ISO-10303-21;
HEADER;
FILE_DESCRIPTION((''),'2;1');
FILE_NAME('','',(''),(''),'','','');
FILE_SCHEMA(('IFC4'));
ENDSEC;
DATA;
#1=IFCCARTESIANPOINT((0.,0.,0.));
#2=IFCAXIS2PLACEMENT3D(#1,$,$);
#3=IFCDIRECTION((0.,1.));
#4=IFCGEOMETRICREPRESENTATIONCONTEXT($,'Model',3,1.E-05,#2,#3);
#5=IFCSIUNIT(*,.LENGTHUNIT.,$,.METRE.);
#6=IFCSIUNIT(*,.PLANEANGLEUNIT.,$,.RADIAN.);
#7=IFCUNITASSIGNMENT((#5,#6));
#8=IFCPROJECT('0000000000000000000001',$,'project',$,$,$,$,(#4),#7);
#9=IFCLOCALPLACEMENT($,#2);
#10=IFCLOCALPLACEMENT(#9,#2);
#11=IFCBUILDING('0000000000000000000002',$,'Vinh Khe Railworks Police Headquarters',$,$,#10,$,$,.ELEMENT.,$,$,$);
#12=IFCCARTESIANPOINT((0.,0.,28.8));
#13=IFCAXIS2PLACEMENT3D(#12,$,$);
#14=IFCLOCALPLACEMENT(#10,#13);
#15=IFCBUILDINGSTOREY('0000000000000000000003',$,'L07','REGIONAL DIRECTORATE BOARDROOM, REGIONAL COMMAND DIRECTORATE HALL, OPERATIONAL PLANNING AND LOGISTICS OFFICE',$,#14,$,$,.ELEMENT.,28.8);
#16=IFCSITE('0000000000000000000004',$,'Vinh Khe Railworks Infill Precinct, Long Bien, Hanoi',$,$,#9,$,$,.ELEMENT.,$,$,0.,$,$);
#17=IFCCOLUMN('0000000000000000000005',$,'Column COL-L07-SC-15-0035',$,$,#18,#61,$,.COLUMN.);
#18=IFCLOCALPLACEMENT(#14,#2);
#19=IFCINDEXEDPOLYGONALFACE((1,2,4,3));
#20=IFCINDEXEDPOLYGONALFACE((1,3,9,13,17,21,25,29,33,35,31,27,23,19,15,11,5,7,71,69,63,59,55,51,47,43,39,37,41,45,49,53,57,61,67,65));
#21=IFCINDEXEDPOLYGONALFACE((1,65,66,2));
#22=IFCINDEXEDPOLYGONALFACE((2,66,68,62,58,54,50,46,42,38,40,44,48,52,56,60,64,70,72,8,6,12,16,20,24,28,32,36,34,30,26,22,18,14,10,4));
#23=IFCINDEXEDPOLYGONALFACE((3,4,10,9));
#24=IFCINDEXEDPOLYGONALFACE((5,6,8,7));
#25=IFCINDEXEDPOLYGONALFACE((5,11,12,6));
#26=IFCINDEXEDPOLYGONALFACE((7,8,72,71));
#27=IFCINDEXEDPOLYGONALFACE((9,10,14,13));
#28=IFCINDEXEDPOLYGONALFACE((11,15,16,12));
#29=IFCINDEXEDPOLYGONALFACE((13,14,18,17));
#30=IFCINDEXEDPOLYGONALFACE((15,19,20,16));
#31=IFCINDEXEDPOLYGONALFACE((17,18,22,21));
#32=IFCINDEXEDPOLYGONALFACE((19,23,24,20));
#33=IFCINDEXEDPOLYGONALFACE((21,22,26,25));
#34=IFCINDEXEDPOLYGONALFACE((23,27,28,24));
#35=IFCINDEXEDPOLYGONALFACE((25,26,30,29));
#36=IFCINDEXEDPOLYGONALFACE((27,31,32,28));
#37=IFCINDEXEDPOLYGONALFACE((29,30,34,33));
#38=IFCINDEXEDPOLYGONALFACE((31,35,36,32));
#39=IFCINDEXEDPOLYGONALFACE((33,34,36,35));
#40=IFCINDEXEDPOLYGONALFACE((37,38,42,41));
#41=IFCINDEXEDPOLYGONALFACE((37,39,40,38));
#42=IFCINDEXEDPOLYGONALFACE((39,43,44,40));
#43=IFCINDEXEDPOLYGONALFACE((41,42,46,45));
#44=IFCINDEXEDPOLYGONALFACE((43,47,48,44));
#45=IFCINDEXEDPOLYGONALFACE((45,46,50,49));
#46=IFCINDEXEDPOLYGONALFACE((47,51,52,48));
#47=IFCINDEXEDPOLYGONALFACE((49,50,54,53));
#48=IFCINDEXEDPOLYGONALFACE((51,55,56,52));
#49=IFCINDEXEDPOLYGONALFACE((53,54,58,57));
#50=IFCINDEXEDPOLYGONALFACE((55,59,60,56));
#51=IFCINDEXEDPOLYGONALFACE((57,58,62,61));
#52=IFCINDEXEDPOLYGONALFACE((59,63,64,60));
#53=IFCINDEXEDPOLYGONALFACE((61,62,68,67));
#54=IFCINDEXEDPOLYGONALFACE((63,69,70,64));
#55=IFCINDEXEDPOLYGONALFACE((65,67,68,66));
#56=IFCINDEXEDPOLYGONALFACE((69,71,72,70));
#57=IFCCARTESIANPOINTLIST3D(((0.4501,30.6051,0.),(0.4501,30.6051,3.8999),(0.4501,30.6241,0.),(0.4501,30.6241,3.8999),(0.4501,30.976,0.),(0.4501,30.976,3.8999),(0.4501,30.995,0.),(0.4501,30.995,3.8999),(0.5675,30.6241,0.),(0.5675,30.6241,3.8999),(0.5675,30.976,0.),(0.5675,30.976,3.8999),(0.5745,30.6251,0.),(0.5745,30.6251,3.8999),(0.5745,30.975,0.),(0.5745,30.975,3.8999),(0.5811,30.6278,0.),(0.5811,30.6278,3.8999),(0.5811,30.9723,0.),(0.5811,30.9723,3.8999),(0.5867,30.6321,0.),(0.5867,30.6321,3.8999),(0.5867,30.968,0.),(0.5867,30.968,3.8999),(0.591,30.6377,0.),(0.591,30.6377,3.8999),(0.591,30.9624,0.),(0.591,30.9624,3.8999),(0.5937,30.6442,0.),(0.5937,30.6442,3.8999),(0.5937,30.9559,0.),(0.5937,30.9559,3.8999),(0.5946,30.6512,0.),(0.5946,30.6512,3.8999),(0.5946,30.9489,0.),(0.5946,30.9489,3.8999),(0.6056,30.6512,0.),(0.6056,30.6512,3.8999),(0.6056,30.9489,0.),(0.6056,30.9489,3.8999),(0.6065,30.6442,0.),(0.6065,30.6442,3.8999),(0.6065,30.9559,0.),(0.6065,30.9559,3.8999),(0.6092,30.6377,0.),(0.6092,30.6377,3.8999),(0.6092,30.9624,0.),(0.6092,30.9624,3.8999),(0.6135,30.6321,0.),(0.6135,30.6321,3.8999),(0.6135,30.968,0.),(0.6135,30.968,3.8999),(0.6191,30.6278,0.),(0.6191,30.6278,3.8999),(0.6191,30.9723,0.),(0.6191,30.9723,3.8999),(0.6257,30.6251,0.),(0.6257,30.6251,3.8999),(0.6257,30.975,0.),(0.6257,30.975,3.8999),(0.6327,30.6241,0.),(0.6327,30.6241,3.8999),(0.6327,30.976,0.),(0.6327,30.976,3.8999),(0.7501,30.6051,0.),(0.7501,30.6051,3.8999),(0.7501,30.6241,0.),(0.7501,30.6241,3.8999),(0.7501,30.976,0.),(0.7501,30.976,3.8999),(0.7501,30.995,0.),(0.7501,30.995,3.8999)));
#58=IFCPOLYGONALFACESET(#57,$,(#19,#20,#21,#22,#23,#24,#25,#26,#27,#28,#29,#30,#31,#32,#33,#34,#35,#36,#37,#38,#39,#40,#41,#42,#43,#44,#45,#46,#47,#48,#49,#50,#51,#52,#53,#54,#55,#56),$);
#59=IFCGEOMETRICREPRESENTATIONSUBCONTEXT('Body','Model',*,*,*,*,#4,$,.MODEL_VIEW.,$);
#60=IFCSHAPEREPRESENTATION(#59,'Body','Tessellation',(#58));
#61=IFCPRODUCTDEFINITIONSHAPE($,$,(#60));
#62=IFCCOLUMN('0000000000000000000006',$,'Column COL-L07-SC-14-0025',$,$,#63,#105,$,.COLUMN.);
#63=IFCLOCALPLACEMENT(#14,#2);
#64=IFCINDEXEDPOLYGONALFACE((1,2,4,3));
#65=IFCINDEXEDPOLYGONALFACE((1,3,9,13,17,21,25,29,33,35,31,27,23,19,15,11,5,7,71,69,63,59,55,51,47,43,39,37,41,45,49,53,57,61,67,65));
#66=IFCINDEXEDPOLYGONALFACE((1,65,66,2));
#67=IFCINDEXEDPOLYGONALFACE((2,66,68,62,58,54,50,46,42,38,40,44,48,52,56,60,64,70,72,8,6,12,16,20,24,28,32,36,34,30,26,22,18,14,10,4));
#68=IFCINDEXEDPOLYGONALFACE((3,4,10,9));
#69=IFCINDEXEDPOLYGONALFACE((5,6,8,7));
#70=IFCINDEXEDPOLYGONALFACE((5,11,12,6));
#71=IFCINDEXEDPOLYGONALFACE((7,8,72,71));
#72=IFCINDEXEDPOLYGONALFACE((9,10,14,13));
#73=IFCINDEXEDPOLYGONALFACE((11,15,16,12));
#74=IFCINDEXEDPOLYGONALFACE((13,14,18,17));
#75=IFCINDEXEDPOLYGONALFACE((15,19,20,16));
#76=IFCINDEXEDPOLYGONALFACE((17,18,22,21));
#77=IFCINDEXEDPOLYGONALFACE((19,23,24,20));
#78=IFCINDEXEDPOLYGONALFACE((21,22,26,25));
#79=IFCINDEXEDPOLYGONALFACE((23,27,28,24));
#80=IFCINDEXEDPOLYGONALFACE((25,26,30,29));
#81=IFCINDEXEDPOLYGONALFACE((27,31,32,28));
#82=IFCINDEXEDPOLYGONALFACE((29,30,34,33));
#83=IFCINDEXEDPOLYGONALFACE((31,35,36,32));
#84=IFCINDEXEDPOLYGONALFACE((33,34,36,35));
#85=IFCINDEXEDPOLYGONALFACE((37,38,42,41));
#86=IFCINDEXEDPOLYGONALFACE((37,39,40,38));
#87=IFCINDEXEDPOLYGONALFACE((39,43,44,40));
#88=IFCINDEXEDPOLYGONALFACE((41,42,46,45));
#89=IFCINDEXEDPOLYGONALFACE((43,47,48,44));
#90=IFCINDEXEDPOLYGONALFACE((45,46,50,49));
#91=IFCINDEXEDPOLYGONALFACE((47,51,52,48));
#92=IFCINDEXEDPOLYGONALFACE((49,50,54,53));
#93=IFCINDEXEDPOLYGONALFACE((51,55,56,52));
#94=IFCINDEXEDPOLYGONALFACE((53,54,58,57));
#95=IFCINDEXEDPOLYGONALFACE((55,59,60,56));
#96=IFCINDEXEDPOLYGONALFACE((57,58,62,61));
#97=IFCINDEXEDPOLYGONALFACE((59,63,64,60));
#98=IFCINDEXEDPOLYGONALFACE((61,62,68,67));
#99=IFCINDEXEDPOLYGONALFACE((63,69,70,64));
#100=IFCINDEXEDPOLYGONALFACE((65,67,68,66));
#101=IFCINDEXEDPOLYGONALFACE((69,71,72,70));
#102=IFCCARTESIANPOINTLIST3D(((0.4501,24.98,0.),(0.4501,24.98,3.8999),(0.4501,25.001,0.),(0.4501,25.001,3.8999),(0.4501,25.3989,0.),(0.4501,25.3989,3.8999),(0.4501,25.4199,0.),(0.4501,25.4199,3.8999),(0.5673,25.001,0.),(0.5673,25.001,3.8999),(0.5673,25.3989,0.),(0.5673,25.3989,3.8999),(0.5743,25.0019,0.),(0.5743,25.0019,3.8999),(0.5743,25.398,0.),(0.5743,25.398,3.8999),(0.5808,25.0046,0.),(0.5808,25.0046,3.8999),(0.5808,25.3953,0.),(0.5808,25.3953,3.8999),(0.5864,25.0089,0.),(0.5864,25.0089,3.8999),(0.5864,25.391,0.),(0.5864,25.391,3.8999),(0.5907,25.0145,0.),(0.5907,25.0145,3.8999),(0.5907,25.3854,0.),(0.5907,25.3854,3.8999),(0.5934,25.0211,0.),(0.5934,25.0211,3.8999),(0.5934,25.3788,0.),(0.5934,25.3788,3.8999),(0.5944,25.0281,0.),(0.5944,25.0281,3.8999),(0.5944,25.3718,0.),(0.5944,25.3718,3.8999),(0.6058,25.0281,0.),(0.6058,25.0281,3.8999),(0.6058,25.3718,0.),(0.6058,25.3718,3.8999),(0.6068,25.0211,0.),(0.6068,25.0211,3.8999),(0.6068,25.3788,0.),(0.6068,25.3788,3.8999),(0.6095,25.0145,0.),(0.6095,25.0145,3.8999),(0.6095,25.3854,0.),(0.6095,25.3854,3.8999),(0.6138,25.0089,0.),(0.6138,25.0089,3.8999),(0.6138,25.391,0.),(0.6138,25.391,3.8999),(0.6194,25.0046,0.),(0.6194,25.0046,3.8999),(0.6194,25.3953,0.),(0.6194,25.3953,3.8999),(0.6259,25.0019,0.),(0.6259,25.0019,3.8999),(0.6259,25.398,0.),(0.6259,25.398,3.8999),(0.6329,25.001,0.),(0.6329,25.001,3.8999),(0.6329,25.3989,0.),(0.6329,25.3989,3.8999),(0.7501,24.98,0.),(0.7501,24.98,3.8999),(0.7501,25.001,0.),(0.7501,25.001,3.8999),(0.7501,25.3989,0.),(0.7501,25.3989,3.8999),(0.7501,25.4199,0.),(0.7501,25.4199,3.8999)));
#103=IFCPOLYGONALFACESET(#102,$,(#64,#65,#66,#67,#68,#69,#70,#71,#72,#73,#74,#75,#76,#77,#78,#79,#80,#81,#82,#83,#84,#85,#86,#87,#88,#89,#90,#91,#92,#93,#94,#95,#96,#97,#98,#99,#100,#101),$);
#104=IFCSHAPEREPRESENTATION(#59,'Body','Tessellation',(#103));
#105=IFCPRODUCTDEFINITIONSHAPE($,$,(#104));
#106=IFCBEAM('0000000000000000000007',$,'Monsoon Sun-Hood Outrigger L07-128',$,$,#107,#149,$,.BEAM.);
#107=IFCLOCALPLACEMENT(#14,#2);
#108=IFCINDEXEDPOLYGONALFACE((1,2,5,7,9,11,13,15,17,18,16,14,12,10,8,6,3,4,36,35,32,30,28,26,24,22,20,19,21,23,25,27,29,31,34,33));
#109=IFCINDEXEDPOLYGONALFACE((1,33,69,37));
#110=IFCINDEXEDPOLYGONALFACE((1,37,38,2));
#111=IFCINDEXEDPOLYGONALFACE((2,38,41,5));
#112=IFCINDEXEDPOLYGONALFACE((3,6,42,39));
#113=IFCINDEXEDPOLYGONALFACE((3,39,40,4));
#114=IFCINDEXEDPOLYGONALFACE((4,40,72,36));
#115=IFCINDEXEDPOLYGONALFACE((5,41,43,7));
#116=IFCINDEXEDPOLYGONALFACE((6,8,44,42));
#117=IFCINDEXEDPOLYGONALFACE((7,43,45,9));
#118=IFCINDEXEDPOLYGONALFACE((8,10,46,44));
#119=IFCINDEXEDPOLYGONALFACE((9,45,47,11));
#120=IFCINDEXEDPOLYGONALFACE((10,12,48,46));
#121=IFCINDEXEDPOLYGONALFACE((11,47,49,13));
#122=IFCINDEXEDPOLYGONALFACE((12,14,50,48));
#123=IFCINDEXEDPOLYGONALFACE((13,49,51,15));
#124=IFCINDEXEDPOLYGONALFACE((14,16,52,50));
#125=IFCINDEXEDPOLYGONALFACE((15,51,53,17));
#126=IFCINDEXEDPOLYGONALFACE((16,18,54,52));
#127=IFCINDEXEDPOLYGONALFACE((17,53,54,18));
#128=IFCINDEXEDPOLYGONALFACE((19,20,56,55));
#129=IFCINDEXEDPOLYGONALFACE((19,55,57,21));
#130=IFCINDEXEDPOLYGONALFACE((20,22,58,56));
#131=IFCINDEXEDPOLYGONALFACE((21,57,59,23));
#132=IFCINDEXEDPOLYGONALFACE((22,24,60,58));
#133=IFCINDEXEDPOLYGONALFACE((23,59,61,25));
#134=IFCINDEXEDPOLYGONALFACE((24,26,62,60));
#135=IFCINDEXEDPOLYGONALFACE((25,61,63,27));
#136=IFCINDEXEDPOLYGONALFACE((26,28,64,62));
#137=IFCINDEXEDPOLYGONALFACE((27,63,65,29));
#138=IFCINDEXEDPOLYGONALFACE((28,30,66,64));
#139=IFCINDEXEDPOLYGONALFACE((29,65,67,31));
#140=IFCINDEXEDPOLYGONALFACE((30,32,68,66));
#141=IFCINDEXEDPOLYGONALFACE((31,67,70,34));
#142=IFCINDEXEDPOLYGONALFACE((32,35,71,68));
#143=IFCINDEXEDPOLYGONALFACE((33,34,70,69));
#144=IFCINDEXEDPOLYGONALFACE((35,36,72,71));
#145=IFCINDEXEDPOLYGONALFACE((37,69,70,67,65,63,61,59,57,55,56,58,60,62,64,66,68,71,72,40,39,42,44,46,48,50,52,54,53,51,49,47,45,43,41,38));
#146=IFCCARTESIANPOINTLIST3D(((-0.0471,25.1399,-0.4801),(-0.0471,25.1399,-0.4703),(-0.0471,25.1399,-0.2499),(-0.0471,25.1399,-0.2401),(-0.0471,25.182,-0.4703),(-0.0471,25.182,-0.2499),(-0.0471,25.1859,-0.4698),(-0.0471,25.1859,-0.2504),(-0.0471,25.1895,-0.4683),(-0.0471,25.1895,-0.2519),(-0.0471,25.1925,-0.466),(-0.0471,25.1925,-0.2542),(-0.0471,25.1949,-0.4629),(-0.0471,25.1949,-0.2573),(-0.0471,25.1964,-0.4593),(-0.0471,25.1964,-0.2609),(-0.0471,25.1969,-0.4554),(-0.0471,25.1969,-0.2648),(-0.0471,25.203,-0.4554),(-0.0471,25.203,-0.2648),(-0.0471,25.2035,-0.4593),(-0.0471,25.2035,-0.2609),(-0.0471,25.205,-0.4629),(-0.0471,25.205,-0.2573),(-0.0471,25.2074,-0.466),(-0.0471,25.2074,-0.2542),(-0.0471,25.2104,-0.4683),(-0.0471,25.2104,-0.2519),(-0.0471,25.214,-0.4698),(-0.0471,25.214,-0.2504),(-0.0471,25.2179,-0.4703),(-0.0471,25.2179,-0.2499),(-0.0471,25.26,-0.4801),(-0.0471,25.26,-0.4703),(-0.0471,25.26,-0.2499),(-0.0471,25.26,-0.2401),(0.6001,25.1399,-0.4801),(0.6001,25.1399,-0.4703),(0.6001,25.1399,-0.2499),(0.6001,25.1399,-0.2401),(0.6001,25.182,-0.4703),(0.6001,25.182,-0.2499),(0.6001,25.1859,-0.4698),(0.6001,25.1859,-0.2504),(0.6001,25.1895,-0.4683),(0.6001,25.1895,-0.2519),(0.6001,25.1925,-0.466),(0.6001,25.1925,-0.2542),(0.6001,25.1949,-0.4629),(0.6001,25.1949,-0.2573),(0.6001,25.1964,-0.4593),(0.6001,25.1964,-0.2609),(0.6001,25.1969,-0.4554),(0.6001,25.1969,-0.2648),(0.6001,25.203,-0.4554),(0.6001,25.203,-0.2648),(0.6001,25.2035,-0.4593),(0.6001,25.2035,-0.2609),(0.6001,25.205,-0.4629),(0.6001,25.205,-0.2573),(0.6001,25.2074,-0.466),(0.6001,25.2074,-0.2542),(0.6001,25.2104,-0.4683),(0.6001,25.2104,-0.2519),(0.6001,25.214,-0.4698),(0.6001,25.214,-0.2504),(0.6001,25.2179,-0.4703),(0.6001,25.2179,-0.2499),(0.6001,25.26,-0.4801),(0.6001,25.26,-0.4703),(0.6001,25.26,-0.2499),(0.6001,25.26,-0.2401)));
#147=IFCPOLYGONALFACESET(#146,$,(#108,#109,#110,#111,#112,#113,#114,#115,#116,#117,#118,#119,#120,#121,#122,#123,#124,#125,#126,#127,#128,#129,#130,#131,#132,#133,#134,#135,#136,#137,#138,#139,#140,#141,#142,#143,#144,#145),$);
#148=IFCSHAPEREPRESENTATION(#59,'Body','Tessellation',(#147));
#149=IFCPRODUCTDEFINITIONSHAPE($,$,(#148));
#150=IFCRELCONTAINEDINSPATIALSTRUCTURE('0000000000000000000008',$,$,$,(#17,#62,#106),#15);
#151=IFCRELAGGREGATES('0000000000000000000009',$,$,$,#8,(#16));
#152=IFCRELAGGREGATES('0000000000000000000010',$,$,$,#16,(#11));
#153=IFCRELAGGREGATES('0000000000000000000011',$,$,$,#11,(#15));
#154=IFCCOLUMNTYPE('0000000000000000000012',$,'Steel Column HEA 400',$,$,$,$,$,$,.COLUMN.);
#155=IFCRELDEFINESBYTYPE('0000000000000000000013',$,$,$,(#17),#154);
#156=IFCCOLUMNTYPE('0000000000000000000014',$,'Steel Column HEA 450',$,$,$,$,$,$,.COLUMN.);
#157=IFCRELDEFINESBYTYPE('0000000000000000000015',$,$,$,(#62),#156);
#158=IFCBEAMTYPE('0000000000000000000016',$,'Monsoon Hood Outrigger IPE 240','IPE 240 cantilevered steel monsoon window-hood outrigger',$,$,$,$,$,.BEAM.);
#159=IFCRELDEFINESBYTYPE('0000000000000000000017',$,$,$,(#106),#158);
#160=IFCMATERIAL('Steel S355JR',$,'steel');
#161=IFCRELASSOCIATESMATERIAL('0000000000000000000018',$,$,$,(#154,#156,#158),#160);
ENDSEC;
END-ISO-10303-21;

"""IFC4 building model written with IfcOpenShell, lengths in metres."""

from ifc_helpers import new_model, si_unit, direction, frame, origin, origin_2d, place, context, subcontext, project, spatial, i_section, extrude, material, material_profile, profile_set, type_object, element, save


model = new_model("IFC4")

# Units and contexts
model_context = context("Model", 3, precision=1e-05, world=origin(), true_north=direction((0.0, 1.0)))
body_context = subcontext(model_context, "Body", "Model", "MODEL_VIEW")
ifc_project = project(units=[si_unit("LENGTHUNIT", "METRE"), si_unit("PLANEANGLEUNIT", "RADIAN")], contexts=[model_context])

# Site, building, storey
site_placement = place(None, origin())
site = spatial("IfcSite", under=ifc_project, at=site_placement, Name="Vinh Khe Railworks Infill Precinct, Long Bien, Hanoi", CompositionType="ELEMENT", RefElevation=0.0)
building_placement = place(site_placement, origin())
building = spatial("IfcBuilding", under=site, at=building_placement, Name="Vinh Khe Railworks Police Headquarters", CompositionType="ELEMENT")
storey_placement = place(building_placement, frame((0.0, 0.0, 28.8)))
storey = spatial("IfcBuildingStorey", under=building, at=storey_placement, Name="L07", Description="REGIONAL DIRECTORATE BOARDROOM, REGIONAL COMMAND DIRECTORATE HALL, OPERATIONAL PLANNING AND LOGISTICS OFFICE", CompositionType="ELEMENT", Elevation=28.8)

# Columns
ifc_material_1 = material(Name="Steel S355JR", Category="steel")
ifc_material_profile_1 = material_profile(ifc_material_1, i_section(OverallWidth=0.3, OverallDepth=0.3899, WebThickness=0.011, FlangeThickness=0.019, FilletRadius=0.0271, at=origin_2d()), Name="HEA 400")
ifc_profile_set_1 = profile_set([ifc_material_profile_1], Name="Steel S355JR")
column_type_1 = type_object("IfcColumnType", Name="Steel Column HEA 400", PredefinedType="COLUMN", material=ifc_profile_set_1)
column_1_placement = place(storey_placement, frame((0.6001, 30.8, 0.0), z_axis=(0.0, 0.0, 1.0), x_axis=(1.0, 0.0, 0.0)))
element("IfcColumn", 1, at=column_1_placement, inside=storey, type_object=column_type_1, Name="Column COL-L07-SC-15-0035", PredefinedType="COLUMN", context=body_context, shape_type="SweptSolid", body=[
    extrude(i_section(OverallWidth=0.3, OverallDepth=0.3899, WebThickness=0.011, FlangeThickness=0.019, FilletRadius=0.0271, at=origin_2d()), origin(), (0.0, 0.0, 1.0), 3.8999),
])
ifc_material_profile_2 = material_profile(ifc_material_1, i_section(OverallWidth=0.3, OverallDepth=0.4399, WebThickness=0.0115, FlangeThickness=0.021, FilletRadius=0.0271, at=origin_2d()), Name="HEA 450")
ifc_profile_set_2 = profile_set([ifc_material_profile_2], Name="Steel S355JR")
column_type_2 = type_object("IfcColumnType", Name="Steel Column HEA 450", PredefinedType="COLUMN", material=ifc_profile_set_2)
column_2_placement = place(storey_placement, frame((0.6001, 25.2, 0.0), z_axis=(0.0, 0.0, 1.0), x_axis=(1.0, 0.0, 0.0)))
element("IfcColumn", 2, at=column_2_placement, inside=storey, type_object=column_type_2, Name="Column COL-L07-SC-14-0025", PredefinedType="COLUMN", context=body_context, shape_type="SweptSolid", body=[
    extrude(i_section(OverallWidth=0.3, OverallDepth=0.4399, WebThickness=0.0115, FlangeThickness=0.021, FilletRadius=0.0271, at=origin_2d()), origin(), (0.0, 0.0, 1.0), 3.8999),
])

# Beam
ifc_material_profile_3 = material_profile(ifc_material_1, i_section(OverallWidth=0.1201, OverallDepth=0.24, WebThickness=0.0061, FlangeThickness=0.0098, FilletRadius=0.0149, at=origin_2d()), Name="IPE 240")
ifc_profile_set_3 = profile_set([ifc_material_profile_3], Name="Steel S355JR")
beam_type_1 = type_object("IfcBeamType", Name="Monsoon Hood Outrigger IPE 240", Description="IPE 240 cantilevered steel monsoon window-hood outrigger", PredefinedType="BEAM", material=ifc_profile_set_3)
beam_1_placement = place(storey_placement, frame((-0.0471, 25.2, -0.3601), z_axis=(1.0, 0.0, 0.0), x_axis=(0.0, 1.0, 0.0)))
element("IfcBeam", 3, at=beam_1_placement, inside=storey, type_object=beam_type_1, Name="Monsoon Sun-Hood Outrigger L07-128", PredefinedType="BEAM", context=body_context, shape_type="SweptSolid", body=[
    extrude(i_section(OverallWidth=0.1201, OverallDepth=0.24, WebThickness=0.0061, FlangeThickness=0.0098, FilletRadius=0.0149, at=origin_2d()), origin(), (0.0, 0.0, 1.0), 0.6472),
])

save(model, "model.ifc")
